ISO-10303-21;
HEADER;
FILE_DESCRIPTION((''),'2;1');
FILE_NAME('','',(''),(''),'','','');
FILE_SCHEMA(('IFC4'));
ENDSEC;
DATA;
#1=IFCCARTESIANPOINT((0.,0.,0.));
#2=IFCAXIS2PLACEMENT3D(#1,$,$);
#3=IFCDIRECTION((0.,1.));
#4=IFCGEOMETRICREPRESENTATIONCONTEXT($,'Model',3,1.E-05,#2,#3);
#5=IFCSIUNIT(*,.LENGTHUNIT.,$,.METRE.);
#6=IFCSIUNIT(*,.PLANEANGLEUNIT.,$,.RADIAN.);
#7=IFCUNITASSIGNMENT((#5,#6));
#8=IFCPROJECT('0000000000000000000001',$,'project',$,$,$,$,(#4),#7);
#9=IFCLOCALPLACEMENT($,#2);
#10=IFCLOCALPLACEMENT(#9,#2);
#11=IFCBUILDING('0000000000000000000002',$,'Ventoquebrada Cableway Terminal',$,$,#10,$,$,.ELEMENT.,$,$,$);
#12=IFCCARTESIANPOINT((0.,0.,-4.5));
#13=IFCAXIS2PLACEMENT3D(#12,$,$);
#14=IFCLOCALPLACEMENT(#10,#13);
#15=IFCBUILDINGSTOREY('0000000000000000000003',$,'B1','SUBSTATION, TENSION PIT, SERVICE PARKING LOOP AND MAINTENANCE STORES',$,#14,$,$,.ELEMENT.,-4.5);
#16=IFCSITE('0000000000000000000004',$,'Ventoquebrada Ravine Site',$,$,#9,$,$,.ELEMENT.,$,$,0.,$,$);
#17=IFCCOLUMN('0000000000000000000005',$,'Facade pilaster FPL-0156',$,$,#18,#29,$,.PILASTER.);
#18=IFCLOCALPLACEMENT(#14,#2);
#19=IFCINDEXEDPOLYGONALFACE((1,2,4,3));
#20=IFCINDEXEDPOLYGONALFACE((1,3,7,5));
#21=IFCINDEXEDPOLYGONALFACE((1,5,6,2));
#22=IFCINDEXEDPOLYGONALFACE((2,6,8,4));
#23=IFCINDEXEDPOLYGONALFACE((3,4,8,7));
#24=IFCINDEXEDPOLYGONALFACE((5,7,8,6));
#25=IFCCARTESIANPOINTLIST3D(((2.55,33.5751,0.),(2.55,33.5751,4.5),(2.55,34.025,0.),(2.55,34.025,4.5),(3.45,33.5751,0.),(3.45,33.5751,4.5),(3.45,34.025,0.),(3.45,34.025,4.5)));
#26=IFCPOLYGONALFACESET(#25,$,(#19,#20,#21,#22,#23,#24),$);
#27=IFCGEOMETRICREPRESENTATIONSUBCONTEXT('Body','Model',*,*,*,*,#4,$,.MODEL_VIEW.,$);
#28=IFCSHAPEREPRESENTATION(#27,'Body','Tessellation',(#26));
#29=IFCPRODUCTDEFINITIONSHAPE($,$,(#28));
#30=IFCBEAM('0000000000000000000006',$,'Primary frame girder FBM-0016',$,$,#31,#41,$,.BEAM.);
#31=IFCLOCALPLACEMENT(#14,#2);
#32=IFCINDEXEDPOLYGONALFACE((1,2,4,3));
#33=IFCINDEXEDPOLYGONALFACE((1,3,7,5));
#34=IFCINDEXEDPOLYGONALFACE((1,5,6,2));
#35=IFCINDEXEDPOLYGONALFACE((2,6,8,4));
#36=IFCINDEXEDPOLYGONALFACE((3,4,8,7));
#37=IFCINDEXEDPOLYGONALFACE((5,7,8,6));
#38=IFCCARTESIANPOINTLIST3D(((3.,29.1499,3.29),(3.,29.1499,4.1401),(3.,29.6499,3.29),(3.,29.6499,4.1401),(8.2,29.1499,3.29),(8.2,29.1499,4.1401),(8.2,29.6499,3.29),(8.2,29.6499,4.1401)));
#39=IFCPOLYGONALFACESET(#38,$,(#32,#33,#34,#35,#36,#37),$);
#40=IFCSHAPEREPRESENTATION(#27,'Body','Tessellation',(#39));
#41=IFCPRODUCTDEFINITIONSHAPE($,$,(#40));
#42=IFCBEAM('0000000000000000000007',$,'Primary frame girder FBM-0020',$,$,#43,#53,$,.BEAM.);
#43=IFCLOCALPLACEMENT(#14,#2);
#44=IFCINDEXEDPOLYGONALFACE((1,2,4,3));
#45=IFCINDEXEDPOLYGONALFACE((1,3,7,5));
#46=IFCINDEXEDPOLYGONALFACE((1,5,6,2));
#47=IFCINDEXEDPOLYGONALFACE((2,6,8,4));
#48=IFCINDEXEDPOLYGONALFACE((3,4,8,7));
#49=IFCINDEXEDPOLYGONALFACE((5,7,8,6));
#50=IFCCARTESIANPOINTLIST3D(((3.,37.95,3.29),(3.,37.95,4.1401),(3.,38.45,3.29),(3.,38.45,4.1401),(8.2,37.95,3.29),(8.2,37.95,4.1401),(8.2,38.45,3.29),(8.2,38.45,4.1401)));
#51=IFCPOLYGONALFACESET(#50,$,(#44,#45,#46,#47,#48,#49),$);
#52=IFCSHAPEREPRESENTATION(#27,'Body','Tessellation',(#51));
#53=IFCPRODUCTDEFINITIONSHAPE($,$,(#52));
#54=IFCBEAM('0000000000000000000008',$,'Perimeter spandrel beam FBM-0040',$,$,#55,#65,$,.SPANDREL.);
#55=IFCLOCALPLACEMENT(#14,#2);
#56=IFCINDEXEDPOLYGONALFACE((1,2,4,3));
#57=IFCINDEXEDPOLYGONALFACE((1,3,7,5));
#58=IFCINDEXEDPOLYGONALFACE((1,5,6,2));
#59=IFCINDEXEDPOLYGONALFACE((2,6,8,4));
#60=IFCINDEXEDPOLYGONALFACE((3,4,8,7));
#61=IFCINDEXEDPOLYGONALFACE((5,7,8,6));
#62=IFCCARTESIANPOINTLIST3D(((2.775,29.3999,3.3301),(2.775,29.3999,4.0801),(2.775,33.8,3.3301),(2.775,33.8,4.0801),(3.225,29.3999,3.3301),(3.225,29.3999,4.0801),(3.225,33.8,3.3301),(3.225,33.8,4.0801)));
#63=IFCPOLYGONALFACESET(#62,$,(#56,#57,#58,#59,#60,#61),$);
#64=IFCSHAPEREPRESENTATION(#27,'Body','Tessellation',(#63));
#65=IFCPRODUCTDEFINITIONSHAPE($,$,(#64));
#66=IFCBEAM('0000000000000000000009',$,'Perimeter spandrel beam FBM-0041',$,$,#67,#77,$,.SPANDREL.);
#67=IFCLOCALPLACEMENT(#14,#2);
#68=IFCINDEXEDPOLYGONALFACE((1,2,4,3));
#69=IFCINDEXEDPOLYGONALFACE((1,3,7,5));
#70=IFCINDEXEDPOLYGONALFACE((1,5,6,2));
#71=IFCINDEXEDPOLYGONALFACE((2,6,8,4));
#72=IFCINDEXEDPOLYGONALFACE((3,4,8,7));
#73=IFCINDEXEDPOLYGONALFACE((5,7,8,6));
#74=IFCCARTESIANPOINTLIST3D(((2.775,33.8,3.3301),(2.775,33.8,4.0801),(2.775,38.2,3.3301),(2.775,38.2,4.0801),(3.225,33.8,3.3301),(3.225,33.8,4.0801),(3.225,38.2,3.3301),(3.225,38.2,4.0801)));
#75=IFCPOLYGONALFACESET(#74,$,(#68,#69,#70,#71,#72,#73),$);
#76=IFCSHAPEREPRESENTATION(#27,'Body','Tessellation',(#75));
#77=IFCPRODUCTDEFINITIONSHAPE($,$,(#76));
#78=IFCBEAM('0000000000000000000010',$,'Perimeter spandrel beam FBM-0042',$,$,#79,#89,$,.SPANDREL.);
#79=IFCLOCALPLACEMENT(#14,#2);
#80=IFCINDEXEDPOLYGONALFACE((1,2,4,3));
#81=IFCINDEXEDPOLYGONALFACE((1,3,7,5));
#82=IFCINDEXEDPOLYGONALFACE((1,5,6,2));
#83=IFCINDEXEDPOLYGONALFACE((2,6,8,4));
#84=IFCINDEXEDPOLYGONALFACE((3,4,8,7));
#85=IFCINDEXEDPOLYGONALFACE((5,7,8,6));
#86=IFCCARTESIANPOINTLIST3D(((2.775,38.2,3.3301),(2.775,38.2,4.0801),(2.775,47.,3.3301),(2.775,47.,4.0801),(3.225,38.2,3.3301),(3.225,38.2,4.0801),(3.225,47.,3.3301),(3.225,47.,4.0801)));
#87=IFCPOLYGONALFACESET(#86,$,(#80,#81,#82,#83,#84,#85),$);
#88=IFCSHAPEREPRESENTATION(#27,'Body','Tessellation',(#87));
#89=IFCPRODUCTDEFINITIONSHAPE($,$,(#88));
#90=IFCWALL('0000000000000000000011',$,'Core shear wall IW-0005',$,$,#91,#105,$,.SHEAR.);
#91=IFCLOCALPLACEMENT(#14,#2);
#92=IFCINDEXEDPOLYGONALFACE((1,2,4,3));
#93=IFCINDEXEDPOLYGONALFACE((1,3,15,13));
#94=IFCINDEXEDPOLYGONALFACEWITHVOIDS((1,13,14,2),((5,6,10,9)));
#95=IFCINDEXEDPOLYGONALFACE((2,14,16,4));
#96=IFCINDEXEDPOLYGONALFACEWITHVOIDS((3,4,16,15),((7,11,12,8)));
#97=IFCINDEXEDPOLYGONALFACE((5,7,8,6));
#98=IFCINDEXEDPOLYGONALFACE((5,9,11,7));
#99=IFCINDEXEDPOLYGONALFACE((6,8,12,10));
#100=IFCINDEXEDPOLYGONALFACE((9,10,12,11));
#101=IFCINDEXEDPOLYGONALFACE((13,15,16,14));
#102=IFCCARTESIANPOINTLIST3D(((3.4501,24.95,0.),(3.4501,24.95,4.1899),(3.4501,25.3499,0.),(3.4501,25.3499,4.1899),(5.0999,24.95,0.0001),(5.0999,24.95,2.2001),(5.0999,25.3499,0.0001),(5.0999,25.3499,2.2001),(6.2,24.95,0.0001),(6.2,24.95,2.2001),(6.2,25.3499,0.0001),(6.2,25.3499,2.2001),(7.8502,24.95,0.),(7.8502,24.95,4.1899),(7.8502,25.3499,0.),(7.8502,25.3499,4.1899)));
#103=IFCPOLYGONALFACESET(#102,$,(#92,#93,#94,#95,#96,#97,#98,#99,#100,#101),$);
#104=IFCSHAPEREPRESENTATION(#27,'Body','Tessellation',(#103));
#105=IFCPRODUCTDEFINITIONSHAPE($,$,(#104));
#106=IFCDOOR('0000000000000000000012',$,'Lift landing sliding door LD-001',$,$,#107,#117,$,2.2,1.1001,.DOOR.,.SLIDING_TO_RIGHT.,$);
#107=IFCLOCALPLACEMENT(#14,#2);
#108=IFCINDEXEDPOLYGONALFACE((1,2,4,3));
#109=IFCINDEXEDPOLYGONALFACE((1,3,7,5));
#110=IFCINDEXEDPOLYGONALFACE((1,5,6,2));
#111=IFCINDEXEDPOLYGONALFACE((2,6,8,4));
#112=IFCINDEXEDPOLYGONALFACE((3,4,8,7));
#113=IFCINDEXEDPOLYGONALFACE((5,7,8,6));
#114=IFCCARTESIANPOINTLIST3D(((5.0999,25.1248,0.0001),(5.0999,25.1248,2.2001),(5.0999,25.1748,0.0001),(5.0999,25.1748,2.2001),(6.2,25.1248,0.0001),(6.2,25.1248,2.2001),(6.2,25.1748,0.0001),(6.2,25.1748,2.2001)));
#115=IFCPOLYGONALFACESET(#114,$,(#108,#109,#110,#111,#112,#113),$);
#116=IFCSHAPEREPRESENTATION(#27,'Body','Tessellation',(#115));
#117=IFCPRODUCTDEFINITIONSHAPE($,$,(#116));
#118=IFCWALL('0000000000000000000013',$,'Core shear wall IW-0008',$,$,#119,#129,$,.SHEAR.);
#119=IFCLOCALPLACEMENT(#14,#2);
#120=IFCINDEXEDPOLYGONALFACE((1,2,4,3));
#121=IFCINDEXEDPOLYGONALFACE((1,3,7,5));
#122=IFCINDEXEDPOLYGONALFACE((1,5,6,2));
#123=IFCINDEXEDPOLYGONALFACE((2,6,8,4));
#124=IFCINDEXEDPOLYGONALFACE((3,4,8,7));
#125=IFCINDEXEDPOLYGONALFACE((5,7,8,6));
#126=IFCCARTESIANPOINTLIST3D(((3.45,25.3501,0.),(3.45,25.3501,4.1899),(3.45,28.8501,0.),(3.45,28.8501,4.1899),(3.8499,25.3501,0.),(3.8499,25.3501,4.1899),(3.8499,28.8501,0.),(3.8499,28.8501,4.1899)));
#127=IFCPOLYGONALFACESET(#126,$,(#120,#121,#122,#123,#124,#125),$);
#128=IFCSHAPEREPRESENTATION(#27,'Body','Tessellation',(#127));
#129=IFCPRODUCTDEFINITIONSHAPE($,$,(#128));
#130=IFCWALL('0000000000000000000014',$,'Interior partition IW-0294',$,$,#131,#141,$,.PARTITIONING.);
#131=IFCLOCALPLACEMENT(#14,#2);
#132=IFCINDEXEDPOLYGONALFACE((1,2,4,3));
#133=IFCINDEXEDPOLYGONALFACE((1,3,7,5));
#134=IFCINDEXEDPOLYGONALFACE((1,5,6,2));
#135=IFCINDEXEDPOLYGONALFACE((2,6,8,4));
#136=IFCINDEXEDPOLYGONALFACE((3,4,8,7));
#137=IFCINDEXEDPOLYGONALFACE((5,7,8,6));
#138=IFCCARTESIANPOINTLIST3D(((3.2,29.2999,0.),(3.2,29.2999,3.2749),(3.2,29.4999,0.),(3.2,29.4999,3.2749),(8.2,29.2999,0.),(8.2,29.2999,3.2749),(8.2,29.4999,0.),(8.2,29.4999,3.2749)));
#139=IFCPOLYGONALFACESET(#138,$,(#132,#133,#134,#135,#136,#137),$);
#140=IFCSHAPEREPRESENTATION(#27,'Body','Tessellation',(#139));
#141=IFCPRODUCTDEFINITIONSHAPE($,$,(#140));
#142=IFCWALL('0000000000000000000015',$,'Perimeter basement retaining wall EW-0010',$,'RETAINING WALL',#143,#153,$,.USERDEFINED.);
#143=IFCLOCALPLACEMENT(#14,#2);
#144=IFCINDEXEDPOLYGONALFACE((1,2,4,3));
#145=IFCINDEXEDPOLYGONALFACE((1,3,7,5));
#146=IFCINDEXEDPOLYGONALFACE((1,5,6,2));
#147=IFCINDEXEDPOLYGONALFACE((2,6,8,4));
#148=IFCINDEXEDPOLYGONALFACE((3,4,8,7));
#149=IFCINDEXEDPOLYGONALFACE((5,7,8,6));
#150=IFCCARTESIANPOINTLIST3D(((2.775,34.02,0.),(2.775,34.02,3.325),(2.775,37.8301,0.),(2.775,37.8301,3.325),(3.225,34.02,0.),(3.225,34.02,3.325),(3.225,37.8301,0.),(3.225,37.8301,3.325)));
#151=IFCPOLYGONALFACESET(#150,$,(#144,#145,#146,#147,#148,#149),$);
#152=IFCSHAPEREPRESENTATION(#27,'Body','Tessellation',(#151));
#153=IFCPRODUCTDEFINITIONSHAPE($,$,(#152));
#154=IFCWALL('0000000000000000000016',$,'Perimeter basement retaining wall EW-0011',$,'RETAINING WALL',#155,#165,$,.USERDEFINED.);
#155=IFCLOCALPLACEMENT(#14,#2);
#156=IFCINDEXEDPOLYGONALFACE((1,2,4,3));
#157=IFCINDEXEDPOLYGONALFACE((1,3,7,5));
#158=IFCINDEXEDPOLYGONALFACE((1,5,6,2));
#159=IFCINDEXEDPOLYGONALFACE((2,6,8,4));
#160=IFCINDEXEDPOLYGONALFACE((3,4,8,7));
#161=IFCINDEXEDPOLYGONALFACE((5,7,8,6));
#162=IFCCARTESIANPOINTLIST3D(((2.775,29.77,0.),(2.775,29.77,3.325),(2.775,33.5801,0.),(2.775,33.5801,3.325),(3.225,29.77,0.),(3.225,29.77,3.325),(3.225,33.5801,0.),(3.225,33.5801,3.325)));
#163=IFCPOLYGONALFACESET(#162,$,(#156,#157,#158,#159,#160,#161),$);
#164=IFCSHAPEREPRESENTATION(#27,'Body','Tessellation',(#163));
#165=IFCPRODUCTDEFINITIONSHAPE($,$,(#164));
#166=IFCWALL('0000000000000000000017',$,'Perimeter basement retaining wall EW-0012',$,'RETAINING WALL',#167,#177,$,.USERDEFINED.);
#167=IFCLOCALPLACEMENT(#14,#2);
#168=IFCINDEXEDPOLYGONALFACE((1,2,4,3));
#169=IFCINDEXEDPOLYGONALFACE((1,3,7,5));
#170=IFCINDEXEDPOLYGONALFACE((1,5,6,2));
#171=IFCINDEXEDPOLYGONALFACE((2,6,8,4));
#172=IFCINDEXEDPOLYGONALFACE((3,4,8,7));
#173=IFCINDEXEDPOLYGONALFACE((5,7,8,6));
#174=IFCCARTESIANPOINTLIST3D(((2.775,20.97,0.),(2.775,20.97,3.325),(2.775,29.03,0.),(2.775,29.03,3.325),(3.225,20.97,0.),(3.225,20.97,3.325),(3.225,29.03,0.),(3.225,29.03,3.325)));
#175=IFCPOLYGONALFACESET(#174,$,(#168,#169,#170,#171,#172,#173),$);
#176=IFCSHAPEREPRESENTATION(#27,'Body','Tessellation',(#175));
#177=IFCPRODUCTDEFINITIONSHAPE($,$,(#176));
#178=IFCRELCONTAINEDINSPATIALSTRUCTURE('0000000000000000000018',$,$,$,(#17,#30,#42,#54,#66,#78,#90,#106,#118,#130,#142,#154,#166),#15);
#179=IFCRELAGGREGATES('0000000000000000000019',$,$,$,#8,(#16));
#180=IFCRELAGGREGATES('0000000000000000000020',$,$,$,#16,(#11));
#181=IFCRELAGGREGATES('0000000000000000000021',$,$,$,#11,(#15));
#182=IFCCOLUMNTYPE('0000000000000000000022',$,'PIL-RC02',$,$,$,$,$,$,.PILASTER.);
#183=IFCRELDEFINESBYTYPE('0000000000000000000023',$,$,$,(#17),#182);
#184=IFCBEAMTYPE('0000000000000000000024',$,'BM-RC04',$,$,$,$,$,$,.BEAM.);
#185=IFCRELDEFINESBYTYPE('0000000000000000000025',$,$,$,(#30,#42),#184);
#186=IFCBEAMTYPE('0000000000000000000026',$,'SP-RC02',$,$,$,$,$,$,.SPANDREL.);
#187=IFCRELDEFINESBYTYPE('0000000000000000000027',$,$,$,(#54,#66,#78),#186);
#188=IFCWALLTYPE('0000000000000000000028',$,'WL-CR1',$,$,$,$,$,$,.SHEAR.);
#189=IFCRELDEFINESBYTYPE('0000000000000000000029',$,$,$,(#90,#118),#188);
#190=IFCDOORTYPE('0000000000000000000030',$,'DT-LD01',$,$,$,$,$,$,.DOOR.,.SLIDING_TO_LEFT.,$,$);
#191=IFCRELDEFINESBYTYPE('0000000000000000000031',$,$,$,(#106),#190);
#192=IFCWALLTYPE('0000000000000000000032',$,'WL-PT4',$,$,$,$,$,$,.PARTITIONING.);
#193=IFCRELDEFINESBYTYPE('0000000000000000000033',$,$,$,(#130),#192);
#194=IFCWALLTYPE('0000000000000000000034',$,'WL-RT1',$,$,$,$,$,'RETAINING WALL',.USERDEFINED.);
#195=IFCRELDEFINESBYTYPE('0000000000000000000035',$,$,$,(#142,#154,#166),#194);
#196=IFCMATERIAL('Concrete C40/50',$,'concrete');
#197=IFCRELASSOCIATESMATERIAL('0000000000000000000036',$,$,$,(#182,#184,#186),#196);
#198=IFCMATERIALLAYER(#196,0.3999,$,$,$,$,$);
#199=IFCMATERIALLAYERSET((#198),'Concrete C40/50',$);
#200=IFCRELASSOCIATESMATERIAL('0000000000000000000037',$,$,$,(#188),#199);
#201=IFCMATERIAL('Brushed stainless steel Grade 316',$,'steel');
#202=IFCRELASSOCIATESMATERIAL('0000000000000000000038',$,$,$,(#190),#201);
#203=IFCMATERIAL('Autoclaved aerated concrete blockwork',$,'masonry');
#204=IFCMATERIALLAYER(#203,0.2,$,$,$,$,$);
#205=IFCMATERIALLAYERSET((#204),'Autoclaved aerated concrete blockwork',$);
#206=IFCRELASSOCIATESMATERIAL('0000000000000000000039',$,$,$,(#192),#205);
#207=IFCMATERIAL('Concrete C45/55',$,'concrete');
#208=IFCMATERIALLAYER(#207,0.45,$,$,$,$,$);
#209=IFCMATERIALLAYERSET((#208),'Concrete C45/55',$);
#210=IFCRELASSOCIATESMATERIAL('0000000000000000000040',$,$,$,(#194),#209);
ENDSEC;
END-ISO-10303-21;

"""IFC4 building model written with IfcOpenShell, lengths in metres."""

from ifc_helpers import new_model, si_unit, direction, frame, frame_2d, origin, origin_2d, place, context, subcontext, project, spatial, rectangle, extrude, material, layer, layer_set, material_profile, profile_set, type_object, element, fill, save


model = new_model("IFC4")

# Units and contexts
model_context = context("Model", 3, precision=1e-05, world=origin(), true_north=direction((0.0, 1.0)))
body_context = subcontext(model_context, "Body", "Model", "MODEL_VIEW")
ifc_project = project(units=[si_unit("LENGTHUNIT", "METRE"), si_unit("PLANEANGLEUNIT", "RADIAN")], contexts=[model_context])

# Site, building, storey
site_placement = place(None, origin())
site = spatial("IfcSite", under=ifc_project, at=site_placement, Name="Ventoquebrada Ravine Site", CompositionType="ELEMENT", RefElevation=0.0)
building_placement = place(site_placement, origin())
building = spatial("IfcBuilding", under=site, at=building_placement, Name="Ventoquebrada Cableway Terminal", CompositionType="ELEMENT")
storey_placement = place(building_placement, frame((0.0, 0.0, -4.5)))
storey = spatial("IfcBuildingStorey", under=building, at=storey_placement, Name="B1", Description="SUBSTATION, TENSION PIT, SERVICE PARKING LOOP AND MAINTENANCE STORES", CompositionType="ELEMENT", Elevation=-4.5)

# Shared definitions
ifc_material_1 = material(Name="Concrete C40/50", Category="concrete")

# Column
ifc_material_profile_1 = material_profile(ifc_material_1, rectangle(XDim=0.45, YDim=0.8999, at=origin_2d()), Name="RC-PIL-450X900")
ifc_profile_set_1 = profile_set([ifc_material_profile_1], Name="Concrete C40/50")
column_type_1 = type_object("IfcColumnType", Name="PIL-RC02", PredefinedType="PILASTER", material=ifc_profile_set_1)
column_placement = place(storey_placement, frame((3.0, 33.8, 0.0), z_axis=(0.0, 0.0, 1.0), x_axis=(0.0, 1.0, 0.0)))
element("IfcColumn", 1, at=column_placement, inside=storey, type_object=column_type_1, Name="Facade pilaster FPL-0156", PredefinedType="PILASTER", context=body_context, shape_type="SweptSolid", body=[
    extrude(rectangle(XDim=0.45, YDim=0.8999, at=origin_2d()), origin(), (0.0, 0.0, 1.0), 4.5),
])

# Beams
ifc_material_profile_2 = material_profile(ifc_material_1, rectangle(XDim=0.5, YDim=0.8501, at=origin_2d()), Name="RC-BM-500X850")
ifc_profile_set_2 = profile_set([ifc_material_profile_2], Name="Concrete C40/50")
beam_type_1 = type_object("IfcBeamType", Name="BM-RC04", PredefinedType="BEAM", material=ifc_profile_set_2)
for number, where, z_axis, x_axis, name in (
    (2, (3.0, 29.3999, 3.7151), (1.0, 0.0, 0.0), (0.0, 1.0, 0.0), "Primary frame girder FBM-0016"),
    (3, (3.0, 38.2, 3.7151), (1.0, 0.0, 0.0), (0.0, 1.0, 0.0), "Primary frame girder FBM-0020"),
):
    element("IfcBeam", number, at=place(storey_placement, frame(where, z_axis=z_axis, x_axis=x_axis)), inside=storey, type_object=beam_type_1, Name=name, PredefinedType="BEAM", context=body_context, shape_type="SweptSolid", body=[
        extrude(rectangle(XDim=0.5, YDim=0.8501, at=origin_2d()), origin(), (0.0, 0.0, 1.0), 5.2),
    ])
ifc_material_profile_3 = material_profile(ifc_material_1, rectangle(XDim=0.45, YDim=0.75, at=origin_2d()), Name="RC-BM-450X750")
ifc_profile_set_3 = profile_set([ifc_material_profile_3], Name="Concrete C40/50")
beam_type_2 = type_object("IfcBeamType", Name="SP-RC02", PredefinedType="SPANDREL", material=ifc_profile_set_3)
beam_1_placement = place(storey_placement, frame((3.0, 29.3999, 3.7051), z_axis=(0.0, 1.0, 0.0), x_axis=(-1.0, 0.0, 0.0)))
element("IfcBeam", 4, at=beam_1_placement, inside=storey, type_object=beam_type_2, Name="Perimeter spandrel beam FBM-0040", PredefinedType="SPANDREL", context=body_context, shape_type="SweptSolid", body=[
    extrude(rectangle(XDim=0.45, YDim=0.75, at=origin_2d()), origin(), (0.0, 0.0, 1.0), 4.4001),
])
beam_2_placement = place(storey_placement, frame((3.0, 33.8, 3.7051), z_axis=(0.0, 1.0, 0.0), x_axis=(-1.0, 0.0, 0.0)))
element("IfcBeam", 5, at=beam_2_placement, inside=storey, type_object=beam_type_2, Name="Perimeter spandrel beam FBM-0041", PredefinedType="SPANDREL", context=body_context, shape_type="SweptSolid", body=[
    extrude(rectangle(XDim=0.45, YDim=0.75, at=origin_2d()), origin(), (0.0, 0.0, 1.0), 4.3999),
])
beam_3_placement = place(storey_placement, frame((3.0, 38.2, 3.7051), z_axis=(0.0, 1.0, 0.0), x_axis=(-1.0, 0.0, 0.0)))
element("IfcBeam", 6, at=beam_3_placement, inside=storey, type_object=beam_type_2, Name="Perimeter spandrel beam FBM-0042", PredefinedType="SPANDREL", context=body_context, shape_type="SweptSolid", body=[
    extrude(rectangle(XDim=0.45, YDim=0.75, at=origin_2d()), origin(), (0.0, 0.0, 1.0), 8.8),
])

# Wall, opening, door
ifc_layer_1 = layer(ifc_material_1, 0.3999)
ifc_layer_set_1 = layer_set([ifc_layer_1], Name="Concrete C40/50")
wall_type_1 = type_object("IfcWallType", Name="WL-CR1", PredefinedType="SHEAR", material=ifc_layer_set_1)
wall_1_placement = place(storey_placement, frame((3.45, 25.1499, 0.0), z_axis=(0.0, 0.0, 1.0), x_axis=(1.0, 0.0, 0.0)))
wall_1 = element("IfcWall", 7, at=wall_1_placement, inside=storey, type_object=wall_type_1, Name="Core shear wall IW-0005", PredefinedType="SHEAR", context=body_context, shape_type="SweptSolid", body=[
    extrude(rectangle(XDim=4.4001, YDim=0.3999, at=frame_2d((2.2002, 0.0))), origin(), (0.0, 0.0, 1.0), 4.1899),
])
opening_placement = place(wall_1_placement, frame((1.6499, 0.0, 0.0)))
opening = element("IfcOpeningElement", 8, at=opening_placement, cuts=wall_1, PredefinedType="OPENING", context=body_context, shape_type="SweptSolid", body=[
    extrude(rectangle(XDim=1.1001, YDim=2.2, at=frame_2d((0.55, 1.1001))), frame((0.0, 0.21, 0.0), z_axis=(0.0, -1.0, 0.0), x_axis=(1.0, 0.0, 0.0)), (0.0, 0.0, 1.0), 0.4199),
])
ifc_material_2 = material(Name="Brushed stainless steel Grade 316", Category="steel")
door_type = type_object("IfcDoorType", Name="DT-LD01", OperationType="SLIDING_TO_LEFT", PredefinedType="DOOR", material=ifc_material_2)
door_placement = place(opening_placement, origin())
door = element("IfcDoor", 9, at=door_placement, inside=storey, type_object=door_type, Name="Lift landing sliding door LD-001", OperationType="SLIDING_TO_RIGHT", OverallHeight=2.2, OverallWidth=1.1001, PredefinedType="DOOR", context=body_context, shape_type="SweptSolid", body=[
    extrude(rectangle(XDim=1.1001, YDim=2.2, at=frame_2d((0.55, 1.1001))), frame((0.0, 0.0249, 0.0), z_axis=(0.0, -1.0, 0.0), x_axis=(1.0, 0.0, 0.0)), (0.0, 0.0, 1.0), 0.05),
])
fill(opening, door)

# Walls
wall_2_placement = place(storey_placement, frame((3.6499, 28.8501, 0.0), z_axis=(0.0, 0.0, 1.0), x_axis=(0.0, -1.0, 0.0)))
element("IfcWall", 10, at=wall_2_placement, inside=storey, type_object=wall_type_1, Name="Core shear wall IW-0008", PredefinedType="SHEAR", context=body_context, shape_type="SweptSolid", body=[
    extrude(rectangle(XDim=3.5, YDim=0.3999, at=frame_2d((1.75, 0.0))), origin(), (0.0, 0.0, 1.0), 4.1899),
])
ifc_material_3 = material(Name="Autoclaved aerated concrete blockwork", Category="masonry")
ifc_layer_2 = layer(ifc_material_3, 0.2)
ifc_layer_set_2 = layer_set([ifc_layer_2], Name="Autoclaved aerated concrete blockwork")
wall_type_2 = type_object("IfcWallType", Name="WL-PT4", PredefinedType="PARTITIONING", material=ifc_layer_set_2)
wall_3_placement = place(storey_placement, frame((3.2, 29.3999, 0.0), z_axis=(0.0, 0.0, 1.0), x_axis=(1.0, 0.0, 0.0)))
element("IfcWall", 11, at=wall_3_placement, inside=storey, type_object=wall_type_2, Name="Interior partition IW-0294", PredefinedType="PARTITIONING", context=body_context, shape_type="SweptSolid", body=[
    extrude(rectangle(XDim=5.0, YDim=0.2, at=frame_2d((2.5, 0.0))), origin(), (0.0, 0.0, 1.0), 3.2749),
])
ifc_material_4 = material(Name="Concrete C45/55", Category="concrete")
ifc_layer_3 = layer(ifc_material_4, 0.45)
ifc_layer_set_3 = layer_set([ifc_layer_3], Name="Concrete C45/55")
wall_type_3 = type_object("IfcWallType", Name="WL-RT1", ElementType="RETAINING WALL", PredefinedType="USERDEFINED", material=ifc_layer_set_3)
for number, where, z_axis, x_axis, name in (
    (12, (3.0, 37.8301, 0.0), (0.0, 0.0, 1.0), (0.0, -1.0, 0.0), "Perimeter basement retaining wall EW-0010"),
    (13, (3.0, 33.5801, 0.0), (0.0, 0.0, 1.0), (0.0, -1.0, 0.0), "Perimeter basement retaining wall EW-0011"),
):
    element("IfcWall", number, at=place(storey_placement, frame(where, z_axis=z_axis, x_axis=x_axis)), inside=storey, type_object=wall_type_3, Name=name, ObjectType="RETAINING WALL", PredefinedType="USERDEFINED", context=body_context, shape_type="SweptSolid", body=[
        extrude(rectangle(XDim=3.8101, YDim=0.45, at=frame_2d((1.905, 0.0))), origin(), (0.0, 0.0, 1.0), 3.325),
    ])
wall_4_placement = place(storey_placement, frame((3.0, 29.03, 0.0), z_axis=(0.0, 0.0, 1.0), x_axis=(0.0, -1.0, 0.0)))
element("IfcWall", 14, at=wall_4_placement, inside=storey, type_object=wall_type_3, Name="Perimeter basement retaining wall EW-0012", ObjectType="RETAINING WALL", PredefinedType="USERDEFINED", context=body_context, shape_type="SweptSolid", body=[
    extrude(rectangle(XDim=8.0601, YDim=0.45, at=frame_2d((4.03, 0.0))), origin(), (0.0, 0.0, 1.0), 3.325),
])

save(model, "model.ifc")
